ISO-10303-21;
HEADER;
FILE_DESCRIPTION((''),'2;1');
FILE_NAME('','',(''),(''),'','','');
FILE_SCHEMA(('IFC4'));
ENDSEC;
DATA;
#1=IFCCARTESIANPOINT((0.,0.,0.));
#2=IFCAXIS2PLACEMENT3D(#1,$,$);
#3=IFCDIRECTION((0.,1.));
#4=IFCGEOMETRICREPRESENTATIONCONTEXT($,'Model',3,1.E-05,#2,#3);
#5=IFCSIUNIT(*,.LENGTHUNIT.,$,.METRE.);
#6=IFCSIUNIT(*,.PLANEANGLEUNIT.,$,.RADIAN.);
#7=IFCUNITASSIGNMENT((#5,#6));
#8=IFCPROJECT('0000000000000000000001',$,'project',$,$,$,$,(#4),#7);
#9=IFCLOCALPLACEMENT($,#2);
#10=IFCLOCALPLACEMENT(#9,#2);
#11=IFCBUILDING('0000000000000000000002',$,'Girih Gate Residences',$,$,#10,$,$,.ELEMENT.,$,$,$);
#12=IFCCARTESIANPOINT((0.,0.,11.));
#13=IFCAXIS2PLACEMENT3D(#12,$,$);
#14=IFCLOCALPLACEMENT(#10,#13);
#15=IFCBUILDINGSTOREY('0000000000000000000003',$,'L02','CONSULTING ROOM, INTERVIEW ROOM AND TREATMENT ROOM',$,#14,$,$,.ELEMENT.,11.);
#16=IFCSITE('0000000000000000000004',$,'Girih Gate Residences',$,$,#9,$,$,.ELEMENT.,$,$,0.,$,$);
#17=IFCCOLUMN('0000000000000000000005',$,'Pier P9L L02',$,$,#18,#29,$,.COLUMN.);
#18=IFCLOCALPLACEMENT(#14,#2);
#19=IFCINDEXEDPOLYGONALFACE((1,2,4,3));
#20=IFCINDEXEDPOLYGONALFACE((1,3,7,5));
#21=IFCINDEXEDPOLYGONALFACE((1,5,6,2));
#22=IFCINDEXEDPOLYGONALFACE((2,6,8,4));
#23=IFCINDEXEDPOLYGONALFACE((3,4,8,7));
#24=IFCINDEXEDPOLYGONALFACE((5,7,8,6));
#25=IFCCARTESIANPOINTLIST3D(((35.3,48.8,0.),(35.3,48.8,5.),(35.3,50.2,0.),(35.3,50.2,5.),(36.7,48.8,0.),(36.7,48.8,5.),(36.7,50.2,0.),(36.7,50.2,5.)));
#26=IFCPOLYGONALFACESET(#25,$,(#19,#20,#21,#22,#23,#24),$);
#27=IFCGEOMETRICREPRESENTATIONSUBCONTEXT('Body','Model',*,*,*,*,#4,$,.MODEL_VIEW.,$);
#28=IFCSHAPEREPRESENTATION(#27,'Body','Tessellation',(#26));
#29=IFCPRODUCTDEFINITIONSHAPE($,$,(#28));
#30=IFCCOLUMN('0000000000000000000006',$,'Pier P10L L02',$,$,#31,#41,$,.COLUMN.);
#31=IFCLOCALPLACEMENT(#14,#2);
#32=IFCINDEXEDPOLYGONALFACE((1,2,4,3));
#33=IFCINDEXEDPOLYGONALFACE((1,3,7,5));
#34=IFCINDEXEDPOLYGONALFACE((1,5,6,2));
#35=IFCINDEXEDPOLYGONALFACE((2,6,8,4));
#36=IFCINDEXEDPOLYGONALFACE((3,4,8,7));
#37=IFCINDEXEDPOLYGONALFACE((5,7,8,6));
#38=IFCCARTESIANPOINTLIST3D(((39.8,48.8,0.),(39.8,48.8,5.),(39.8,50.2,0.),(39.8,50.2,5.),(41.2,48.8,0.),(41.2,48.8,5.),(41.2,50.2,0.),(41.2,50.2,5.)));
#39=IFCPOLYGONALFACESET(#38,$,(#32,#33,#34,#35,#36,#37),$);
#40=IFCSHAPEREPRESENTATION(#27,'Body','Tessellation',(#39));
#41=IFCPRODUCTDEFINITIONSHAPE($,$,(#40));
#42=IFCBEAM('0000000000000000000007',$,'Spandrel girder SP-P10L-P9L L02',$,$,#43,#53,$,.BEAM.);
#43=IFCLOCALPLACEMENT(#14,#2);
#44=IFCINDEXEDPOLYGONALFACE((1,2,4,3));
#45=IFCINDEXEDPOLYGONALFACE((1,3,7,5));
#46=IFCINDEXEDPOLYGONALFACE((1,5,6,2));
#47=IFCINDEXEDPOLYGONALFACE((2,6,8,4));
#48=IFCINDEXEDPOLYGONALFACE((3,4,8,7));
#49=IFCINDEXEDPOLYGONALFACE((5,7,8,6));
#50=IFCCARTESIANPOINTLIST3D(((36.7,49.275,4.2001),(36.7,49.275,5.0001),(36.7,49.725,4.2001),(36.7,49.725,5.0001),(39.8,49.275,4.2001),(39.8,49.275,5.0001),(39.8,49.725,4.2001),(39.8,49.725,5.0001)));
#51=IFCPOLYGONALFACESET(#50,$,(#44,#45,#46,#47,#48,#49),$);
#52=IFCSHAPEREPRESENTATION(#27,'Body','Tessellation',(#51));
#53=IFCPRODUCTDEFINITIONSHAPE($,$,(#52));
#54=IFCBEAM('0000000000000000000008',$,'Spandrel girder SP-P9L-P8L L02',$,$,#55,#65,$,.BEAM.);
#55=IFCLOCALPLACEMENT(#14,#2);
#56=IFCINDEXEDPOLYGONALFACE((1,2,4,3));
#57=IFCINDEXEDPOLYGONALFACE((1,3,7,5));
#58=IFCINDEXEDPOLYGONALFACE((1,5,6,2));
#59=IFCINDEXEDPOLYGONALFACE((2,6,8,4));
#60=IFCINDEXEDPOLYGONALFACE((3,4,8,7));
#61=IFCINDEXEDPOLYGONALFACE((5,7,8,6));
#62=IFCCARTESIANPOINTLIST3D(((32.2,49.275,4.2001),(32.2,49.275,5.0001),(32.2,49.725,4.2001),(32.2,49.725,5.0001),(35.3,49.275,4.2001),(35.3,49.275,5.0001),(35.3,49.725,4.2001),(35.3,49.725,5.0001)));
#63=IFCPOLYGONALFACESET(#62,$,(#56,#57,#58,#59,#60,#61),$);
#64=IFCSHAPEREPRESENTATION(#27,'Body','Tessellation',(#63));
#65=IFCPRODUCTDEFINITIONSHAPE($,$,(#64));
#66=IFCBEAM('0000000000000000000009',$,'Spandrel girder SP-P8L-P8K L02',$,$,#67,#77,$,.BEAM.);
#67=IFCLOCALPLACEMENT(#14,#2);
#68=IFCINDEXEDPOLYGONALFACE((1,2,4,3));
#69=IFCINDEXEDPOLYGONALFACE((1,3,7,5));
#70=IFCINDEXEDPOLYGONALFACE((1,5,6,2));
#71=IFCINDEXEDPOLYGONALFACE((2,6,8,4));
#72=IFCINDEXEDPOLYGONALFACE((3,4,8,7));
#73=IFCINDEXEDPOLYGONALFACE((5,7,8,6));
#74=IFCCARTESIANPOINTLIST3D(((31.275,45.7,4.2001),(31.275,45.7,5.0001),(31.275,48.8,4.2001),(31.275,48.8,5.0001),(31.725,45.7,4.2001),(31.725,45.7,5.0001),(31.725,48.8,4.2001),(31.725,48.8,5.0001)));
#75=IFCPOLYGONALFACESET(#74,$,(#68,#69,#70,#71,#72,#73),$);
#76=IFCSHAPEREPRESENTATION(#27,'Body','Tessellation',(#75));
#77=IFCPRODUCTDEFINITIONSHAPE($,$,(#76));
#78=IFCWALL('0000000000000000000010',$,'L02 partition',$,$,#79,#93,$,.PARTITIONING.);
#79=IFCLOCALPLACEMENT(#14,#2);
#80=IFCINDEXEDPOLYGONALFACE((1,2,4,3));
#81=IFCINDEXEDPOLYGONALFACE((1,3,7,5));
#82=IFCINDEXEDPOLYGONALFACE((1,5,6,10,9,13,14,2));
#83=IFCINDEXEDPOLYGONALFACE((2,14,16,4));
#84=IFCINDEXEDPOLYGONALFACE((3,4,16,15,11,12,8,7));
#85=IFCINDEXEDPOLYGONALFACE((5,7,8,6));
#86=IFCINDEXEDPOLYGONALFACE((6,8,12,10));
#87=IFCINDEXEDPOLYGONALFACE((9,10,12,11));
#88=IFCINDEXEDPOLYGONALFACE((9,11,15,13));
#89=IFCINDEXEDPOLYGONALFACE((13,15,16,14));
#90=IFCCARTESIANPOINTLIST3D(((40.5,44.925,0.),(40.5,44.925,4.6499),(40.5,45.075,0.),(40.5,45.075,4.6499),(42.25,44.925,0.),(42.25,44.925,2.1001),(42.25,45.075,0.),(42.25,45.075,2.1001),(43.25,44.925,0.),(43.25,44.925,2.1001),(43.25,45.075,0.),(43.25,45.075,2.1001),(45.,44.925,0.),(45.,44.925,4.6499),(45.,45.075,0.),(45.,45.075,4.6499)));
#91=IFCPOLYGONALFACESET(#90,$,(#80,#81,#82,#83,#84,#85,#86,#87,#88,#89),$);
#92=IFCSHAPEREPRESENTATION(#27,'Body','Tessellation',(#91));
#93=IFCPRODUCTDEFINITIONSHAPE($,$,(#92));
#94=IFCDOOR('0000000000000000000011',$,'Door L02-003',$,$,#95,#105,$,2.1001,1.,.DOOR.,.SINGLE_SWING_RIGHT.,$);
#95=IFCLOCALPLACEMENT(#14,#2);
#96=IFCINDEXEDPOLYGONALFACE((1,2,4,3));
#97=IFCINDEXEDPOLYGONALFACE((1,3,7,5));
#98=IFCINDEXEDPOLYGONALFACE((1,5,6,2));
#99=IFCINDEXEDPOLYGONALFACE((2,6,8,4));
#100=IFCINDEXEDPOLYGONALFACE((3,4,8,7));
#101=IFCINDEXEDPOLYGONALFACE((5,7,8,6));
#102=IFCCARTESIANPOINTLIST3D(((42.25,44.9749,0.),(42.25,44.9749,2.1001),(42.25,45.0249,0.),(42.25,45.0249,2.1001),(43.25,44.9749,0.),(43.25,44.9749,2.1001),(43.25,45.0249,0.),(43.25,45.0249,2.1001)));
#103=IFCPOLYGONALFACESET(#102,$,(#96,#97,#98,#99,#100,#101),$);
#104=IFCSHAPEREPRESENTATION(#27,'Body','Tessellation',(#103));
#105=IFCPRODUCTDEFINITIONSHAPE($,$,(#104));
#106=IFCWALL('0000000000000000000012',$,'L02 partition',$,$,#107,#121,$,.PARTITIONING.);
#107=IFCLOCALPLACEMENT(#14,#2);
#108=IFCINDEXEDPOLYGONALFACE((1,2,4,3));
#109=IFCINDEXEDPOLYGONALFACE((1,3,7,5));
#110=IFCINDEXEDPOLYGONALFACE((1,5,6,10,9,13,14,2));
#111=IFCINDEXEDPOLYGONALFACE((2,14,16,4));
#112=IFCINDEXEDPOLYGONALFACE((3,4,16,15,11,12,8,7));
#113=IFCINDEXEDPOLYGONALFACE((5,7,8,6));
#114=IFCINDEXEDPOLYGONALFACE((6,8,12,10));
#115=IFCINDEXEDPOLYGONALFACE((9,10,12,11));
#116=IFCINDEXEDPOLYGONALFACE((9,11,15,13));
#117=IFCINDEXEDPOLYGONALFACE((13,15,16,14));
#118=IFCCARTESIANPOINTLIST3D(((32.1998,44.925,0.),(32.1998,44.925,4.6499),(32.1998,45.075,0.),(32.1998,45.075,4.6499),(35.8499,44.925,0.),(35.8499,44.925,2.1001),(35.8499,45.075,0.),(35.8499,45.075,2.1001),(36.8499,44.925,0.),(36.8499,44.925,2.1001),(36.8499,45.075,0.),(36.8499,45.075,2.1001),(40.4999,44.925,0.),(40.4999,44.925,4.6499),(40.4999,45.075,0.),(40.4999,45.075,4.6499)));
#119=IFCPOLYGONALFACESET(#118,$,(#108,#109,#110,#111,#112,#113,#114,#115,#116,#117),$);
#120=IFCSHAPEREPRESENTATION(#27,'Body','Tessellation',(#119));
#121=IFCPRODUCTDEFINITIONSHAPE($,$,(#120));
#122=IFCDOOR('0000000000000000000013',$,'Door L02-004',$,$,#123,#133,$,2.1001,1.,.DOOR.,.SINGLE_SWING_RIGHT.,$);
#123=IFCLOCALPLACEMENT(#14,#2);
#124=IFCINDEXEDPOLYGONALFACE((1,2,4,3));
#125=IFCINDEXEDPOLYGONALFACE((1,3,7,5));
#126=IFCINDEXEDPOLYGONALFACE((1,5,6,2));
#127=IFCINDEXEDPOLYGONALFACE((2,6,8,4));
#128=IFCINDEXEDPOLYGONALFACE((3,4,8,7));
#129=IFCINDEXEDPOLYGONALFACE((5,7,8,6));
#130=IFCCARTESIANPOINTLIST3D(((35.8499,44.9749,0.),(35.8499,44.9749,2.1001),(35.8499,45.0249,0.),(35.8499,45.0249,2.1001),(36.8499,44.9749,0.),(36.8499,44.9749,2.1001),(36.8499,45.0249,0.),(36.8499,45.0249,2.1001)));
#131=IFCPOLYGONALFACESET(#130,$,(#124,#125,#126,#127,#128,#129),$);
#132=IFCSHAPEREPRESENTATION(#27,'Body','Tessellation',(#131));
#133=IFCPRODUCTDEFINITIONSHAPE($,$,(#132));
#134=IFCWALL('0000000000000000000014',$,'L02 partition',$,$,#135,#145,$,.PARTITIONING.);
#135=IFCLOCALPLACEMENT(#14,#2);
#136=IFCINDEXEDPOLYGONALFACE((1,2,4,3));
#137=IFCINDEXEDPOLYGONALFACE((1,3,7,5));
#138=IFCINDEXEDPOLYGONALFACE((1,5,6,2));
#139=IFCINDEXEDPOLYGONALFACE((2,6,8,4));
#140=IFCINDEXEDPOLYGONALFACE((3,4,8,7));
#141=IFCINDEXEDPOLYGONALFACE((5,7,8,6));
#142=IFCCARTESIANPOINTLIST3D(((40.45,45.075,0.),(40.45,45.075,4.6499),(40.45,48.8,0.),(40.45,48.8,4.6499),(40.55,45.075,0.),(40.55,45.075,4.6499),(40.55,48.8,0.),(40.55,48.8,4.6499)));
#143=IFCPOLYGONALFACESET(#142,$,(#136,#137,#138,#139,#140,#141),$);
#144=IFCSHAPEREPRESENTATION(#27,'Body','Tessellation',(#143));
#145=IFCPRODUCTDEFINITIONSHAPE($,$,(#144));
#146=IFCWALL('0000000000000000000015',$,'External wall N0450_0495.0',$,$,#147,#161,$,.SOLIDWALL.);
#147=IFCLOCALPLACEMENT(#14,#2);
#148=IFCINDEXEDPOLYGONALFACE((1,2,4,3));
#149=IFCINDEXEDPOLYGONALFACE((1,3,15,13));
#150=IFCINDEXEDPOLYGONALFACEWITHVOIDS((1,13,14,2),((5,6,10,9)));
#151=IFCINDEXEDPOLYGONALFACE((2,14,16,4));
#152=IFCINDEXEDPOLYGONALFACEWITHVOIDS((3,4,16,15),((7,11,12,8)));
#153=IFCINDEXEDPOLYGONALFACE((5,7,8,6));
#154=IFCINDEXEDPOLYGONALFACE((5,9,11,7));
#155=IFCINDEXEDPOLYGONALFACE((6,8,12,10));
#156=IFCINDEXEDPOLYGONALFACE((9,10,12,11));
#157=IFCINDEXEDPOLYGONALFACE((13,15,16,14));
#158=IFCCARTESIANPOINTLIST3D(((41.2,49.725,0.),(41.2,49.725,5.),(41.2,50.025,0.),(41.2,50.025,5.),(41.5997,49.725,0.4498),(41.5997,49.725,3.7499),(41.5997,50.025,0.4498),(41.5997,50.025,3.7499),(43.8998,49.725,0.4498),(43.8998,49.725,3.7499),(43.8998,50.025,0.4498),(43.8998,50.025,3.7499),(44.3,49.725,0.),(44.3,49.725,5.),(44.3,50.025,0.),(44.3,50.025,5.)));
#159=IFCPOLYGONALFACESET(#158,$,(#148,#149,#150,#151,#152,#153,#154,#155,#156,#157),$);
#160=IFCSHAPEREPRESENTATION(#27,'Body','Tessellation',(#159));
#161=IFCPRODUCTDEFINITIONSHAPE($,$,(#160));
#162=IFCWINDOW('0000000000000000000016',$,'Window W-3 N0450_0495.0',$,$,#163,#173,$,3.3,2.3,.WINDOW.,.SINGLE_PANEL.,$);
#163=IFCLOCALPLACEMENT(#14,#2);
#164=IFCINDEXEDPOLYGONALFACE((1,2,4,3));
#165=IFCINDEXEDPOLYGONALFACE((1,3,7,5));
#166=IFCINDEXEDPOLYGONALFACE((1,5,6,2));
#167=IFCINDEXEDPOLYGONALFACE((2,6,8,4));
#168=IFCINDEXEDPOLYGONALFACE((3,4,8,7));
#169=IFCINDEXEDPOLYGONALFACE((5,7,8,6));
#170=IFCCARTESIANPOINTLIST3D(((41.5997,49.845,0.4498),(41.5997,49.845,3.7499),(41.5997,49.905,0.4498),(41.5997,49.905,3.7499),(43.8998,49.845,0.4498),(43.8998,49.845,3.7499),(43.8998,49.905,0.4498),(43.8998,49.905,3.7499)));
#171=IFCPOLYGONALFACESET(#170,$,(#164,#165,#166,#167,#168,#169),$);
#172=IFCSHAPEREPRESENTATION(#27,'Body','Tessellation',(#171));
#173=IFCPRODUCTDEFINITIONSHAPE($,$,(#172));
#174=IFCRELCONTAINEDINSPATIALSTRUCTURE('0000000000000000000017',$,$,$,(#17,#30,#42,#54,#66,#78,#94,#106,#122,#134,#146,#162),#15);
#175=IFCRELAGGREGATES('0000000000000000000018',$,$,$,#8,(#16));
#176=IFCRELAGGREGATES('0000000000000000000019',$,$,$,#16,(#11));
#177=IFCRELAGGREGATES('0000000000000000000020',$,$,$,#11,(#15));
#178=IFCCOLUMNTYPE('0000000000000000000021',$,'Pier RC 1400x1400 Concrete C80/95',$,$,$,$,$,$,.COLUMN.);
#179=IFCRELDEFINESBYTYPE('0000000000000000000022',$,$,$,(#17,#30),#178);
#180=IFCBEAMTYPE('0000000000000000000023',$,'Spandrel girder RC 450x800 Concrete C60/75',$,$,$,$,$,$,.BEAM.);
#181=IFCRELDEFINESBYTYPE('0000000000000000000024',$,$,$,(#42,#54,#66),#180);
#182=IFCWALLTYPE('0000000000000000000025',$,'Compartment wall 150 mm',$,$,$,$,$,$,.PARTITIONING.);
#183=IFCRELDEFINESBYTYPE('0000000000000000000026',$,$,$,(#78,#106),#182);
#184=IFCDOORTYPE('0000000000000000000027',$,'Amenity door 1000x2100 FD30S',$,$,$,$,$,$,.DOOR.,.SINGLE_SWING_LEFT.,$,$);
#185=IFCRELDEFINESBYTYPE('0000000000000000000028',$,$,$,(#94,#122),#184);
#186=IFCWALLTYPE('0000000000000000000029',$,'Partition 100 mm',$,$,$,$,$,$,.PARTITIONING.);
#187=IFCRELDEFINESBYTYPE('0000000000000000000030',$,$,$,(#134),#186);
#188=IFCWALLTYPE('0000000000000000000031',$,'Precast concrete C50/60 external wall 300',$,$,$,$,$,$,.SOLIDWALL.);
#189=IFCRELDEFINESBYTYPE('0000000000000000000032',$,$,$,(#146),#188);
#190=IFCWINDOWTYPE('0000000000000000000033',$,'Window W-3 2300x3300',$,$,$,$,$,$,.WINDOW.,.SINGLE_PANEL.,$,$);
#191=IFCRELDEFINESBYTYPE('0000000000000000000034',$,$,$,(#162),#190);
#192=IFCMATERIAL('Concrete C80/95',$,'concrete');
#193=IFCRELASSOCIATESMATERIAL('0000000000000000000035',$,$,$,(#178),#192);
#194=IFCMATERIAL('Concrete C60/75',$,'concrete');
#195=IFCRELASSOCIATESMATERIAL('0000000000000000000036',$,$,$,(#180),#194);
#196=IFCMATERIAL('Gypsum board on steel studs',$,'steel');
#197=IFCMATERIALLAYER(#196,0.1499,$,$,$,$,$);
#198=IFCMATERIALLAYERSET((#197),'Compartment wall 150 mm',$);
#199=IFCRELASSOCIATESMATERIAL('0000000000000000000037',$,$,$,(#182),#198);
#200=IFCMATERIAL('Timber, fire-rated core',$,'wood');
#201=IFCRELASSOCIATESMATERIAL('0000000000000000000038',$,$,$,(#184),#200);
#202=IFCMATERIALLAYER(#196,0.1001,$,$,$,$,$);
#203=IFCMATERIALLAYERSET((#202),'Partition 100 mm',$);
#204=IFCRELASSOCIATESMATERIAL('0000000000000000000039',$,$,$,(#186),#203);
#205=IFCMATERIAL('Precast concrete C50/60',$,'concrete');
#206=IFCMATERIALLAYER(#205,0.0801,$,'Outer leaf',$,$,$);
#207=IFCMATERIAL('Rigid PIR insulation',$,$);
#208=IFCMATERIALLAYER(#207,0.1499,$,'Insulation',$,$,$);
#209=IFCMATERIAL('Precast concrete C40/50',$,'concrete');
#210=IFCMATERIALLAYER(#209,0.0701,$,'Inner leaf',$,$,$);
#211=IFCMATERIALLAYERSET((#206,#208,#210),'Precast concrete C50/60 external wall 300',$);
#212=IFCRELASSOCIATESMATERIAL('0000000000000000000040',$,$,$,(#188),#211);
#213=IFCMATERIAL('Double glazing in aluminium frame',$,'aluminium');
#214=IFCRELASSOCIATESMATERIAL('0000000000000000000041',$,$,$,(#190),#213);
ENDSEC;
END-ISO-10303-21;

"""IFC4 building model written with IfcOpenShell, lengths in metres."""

from ifc_helpers import new_model, si_unit, direction, frame, frame_2d, origin, origin_2d, place, context, subcontext, project, spatial, rectangle, extrude, material, layer, layer_set, material_profile, profile_set, type_object, element, fill, save


model = new_model("IFC4")

# Units and contexts
model_context = context("Model", 3, precision=1e-05, world=origin(), true_north=direction((0.0, 1.0)))
body_context = subcontext(model_context, "Body", "Model", "MODEL_VIEW")
ifc_project = project(units=[si_unit("LENGTHUNIT", "METRE"), si_unit("PLANEANGLEUNIT", "RADIAN")], contexts=[model_context])

# Site, building, storey
site_placement = place(None, origin())
site = spatial("IfcSite", under=ifc_project, at=site_placement, Name="Girih Gate Residences", CompositionType="ELEMENT", RefElevation=0.0)
building_placement = place(site_placement, origin())
building = spatial("IfcBuilding", under=site, at=building_placement, Name="Girih Gate Residences", CompositionType="ELEMENT")
storey_placement = place(building_placement, frame((0.0, 0.0, 11.0)))
storey = spatial("IfcBuildingStorey", under=building, at=storey_placement, Name="L02", Description="CONSULTING ROOM, INTERVIEW ROOM AND TREATMENT ROOM", CompositionType="ELEMENT", Elevation=11.0)

# Columns
ifc_material_1 = material(Name="Concrete C80/95", Category="concrete")
ifc_material_profile_1 = material_profile(ifc_material_1, rectangle(XDim=1.3999, YDim=1.3999, at=origin_2d()))
ifc_profile_set_1 = profile_set([ifc_material_profile_1], Name="Concrete C80/95")
column_type = type_object("IfcColumnType", Name="Pier RC 1400x1400 Concrete C80/95", PredefinedType="COLUMN", material=ifc_profile_set_1)
for number, where, z_axis, x_axis, name in (
    (1, (36.0, 49.5, 0.0), (0.0, 0.0, 1.0), (1.0, 0.0, 0.0), "Pier P9L L02"),
    (2, (40.5, 49.5, 0.0), (0.0, 0.0, 1.0), (1.0, 0.0, 0.0), "Pier P10L L02"),
):
    element("IfcColumn", number, at=place(storey_placement, frame(where, z_axis=z_axis, x_axis=x_axis)), inside=storey, type_object=column_type, Name=name, PredefinedType="COLUMN", context=body_context, shape_type="SweptSolid", body=[
        extrude(rectangle(XDim=1.3999, YDim=1.3999, at=origin_2d()), origin(), (0.0, 0.0, 1.0), 5.0),
    ])

# Beams
ifc_material_2 = material(Name="Concrete C60/75", Category="concrete")
ifc_material_profile_2 = material_profile(ifc_material_2, rectangle(XDim=0.45, YDim=0.8, at=origin_2d()))
ifc_profile_set_2 = profile_set([ifc_material_profile_2], Name="Concrete C60/75")
beam_type = type_object("IfcBeamType", Name="Spandrel girder RC 450x800 Concrete C60/75", PredefinedType="BEAM", material=ifc_profile_set_2)
for number, where, z_axis, x_axis, name in (
    (3, (39.8, 49.5, 4.6001), (-1.0, 0.0, 0.0), (0.0, -1.0, 0.0), "Spandrel girder SP-P10L-P9L L02"),
    (4, (35.3, 49.5, 4.6001), (-1.0, 0.0, 0.0), (0.0, -1.0, 0.0), "Spandrel girder SP-P9L-P8L L02"),
    (5, (31.5, 48.8, 4.6001), (0.0, -1.0, 0.0), (1.0, 0.0, 0.0), "Spandrel girder SP-P8L-P8K L02"),
):
    element("IfcBeam", number, at=place(storey_placement, frame(where, z_axis=z_axis, x_axis=x_axis)), inside=storey, type_object=beam_type, Name=name, PredefinedType="BEAM", context=body_context, shape_type="SweptSolid", body=[
        extrude(rectangle(XDim=0.45, YDim=0.8, at=origin_2d()), origin(), (0.0, 0.0, 1.0), 3.1001),
    ])

# Walls, openings, doors
ifc_material_3 = material(Name="Gypsum board on steel studs", Category="steel")
ifc_layer_1 = layer(ifc_material_3, 0.1499)
ifc_layer_set_1 = layer_set([ifc_layer_1], Name="Compartment wall 150 mm")
wall_type_1 = type_object("IfcWallType", Name="Compartment wall 150 mm", PredefinedType="PARTITIONING", material=ifc_layer_set_1)
wall_1_placement = place(storey_placement, frame((40.5, 45.0, 0.0), z_axis=(0.0, 0.0, 1.0), x_axis=(1.0, 0.0, 0.0)))
wall_1 = element("IfcWall", 6, at=wall_1_placement, inside=storey, type_object=wall_type_1, Name="L02 partition", PredefinedType="PARTITIONING", context=body_context, shape_type="SweptSolid", body=[
    extrude(rectangle(XDim=4.5, YDim=0.1499, at=frame_2d((2.25, 0.0))), origin(), (0.0, 0.0, 1.0), 4.6499),
])
opening_1_placement = place(wall_1_placement, frame((1.75, 0.0, 0.0)))
opening_1 = element("IfcOpeningElement", 7, at=opening_1_placement, cuts=wall_1, PredefinedType="OPENING", context=body_context, shape_type="SweptSolid", body=[
    extrude(rectangle(XDim=1.0, YDim=2.1001, at=frame_2d((0.5, 1.05))), frame((0.0, 0.085, 0.0), z_axis=(0.0, -1.0, 0.0), x_axis=(1.0, 0.0, 0.0)), (0.0, 0.0, 1.0), 0.1699),
])
ifc_material_4 = material(Name="Timber, fire-rated core", Category="wood")
door_type = type_object("IfcDoorType", Name="Amenity door 1000x2100 FD30S", OperationType="SINGLE_SWING_LEFT", PredefinedType="DOOR", material=ifc_material_4)
door_1_placement = place(opening_1_placement, origin())
door_1 = element("IfcDoor", 8, at=door_1_placement, inside=storey, type_object=door_type, Name="Door L02-003", OperationType="SINGLE_SWING_RIGHT", OverallHeight=2.1001, OverallWidth=1.0, PredefinedType="DOOR", context=body_context, shape_type="SweptSolid", body=[
    extrude(rectangle(XDim=1.0, YDim=2.1001, at=frame_2d((0.5, 1.05))), frame((0.0, 0.0249, 0.0), z_axis=(0.0, -1.0, 0.0), x_axis=(1.0, 0.0, 0.0)), (0.0, 0.0, 1.0), 0.05),
])
fill(opening_1, door_1)
wall_2_placement = place(storey_placement, frame((32.2, 45.0, 0.0), z_axis=(0.0, 0.0, 1.0), x_axis=(1.0, 0.0, 0.0)))
wall_2 = element("IfcWall", 9, at=wall_2_placement, inside=storey, type_object=wall_type_1, Name="L02 partition", PredefinedType="PARTITIONING", context=body_context, shape_type="SweptSolid", body=[
    extrude(rectangle(XDim=8.3, YDim=0.1499, at=frame_2d((4.1499, 0.0))), origin(), (0.0, 0.0, 1.0), 4.6499),
])
opening_2_placement = place(wall_2_placement, frame((3.6499, 0.0, 0.0)))
opening_2 = element("IfcOpeningElement", 10, at=opening_2_placement, cuts=wall_2, PredefinedType="OPENING", context=body_context, shape_type="SweptSolid", body=[
    extrude(rectangle(XDim=1.0, YDim=2.1001, at=frame_2d((0.5, 1.05))), frame((0.0, 0.085, 0.0), z_axis=(0.0, -1.0, 0.0), x_axis=(1.0, 0.0, 0.0)), (0.0, 0.0, 1.0), 0.1699),
])
door_2_placement = place(opening_2_placement, origin())
door_2 = element("IfcDoor", 11, at=door_2_placement, inside=storey, type_object=door_type, Name="Door L02-004", OperationType="SINGLE_SWING_RIGHT", OverallHeight=2.1001, OverallWidth=1.0, PredefinedType="DOOR", context=body_context, shape_type="SweptSolid", body=[
    extrude(rectangle(XDim=1.0, YDim=2.1001, at=frame_2d((0.5, 1.05))), frame((0.0, 0.0249, 0.0), z_axis=(0.0, -1.0, 0.0), x_axis=(1.0, 0.0, 0.0)), (0.0, 0.0, 1.0), 0.05),
])
fill(opening_2, door_2)

# Wall
ifc_layer_2 = layer(ifc_material_3, 0.1001)
ifc_layer_set_2 = layer_set([ifc_layer_2], Name="Partition 100 mm")
wall_type_2 = type_object("IfcWallType", Name="Partition 100 mm", PredefinedType="PARTITIONING", material=ifc_layer_set_2)
wall_3_placement = place(storey_placement, frame((40.5, 45.075, 0.0), z_axis=(0.0, 0.0, 1.0), x_axis=(0.0, 1.0, 0.0)))
element("IfcWall", 12, at=wall_3_placement, inside=storey, type_object=wall_type_2, Name="L02 partition", PredefinedType="PARTITIONING", context=body_context, shape_type="SweptSolid", body=[
    extrude(rectangle(XDim=3.7251, YDim=0.1001, at=frame_2d((1.8625, 0.0))), origin(), (0.0, 0.0, 1.0), 4.6499),
])

# Wall, opening, window
ifc_material_5 = material(Name="Precast concrete C50/60", Category="concrete")
ifc_layer_3 = layer(ifc_material_5, 0.0801, Name="Outer leaf")
ifc_material_6 = material(Name="Rigid PIR insulation")
ifc_layer_4 = layer(ifc_material_6, 0.1499, Name="Insulation")
ifc_material_7 = material(Name="Precast concrete C40/50", Category="concrete")
ifc_layer_5 = layer(ifc_material_7, 0.0701, Name="Inner leaf")
ifc_layer_set_3 = layer_set([ifc_layer_3, ifc_layer_4, ifc_layer_5], Name="Precast concrete C50/60 external wall 300")
wall_type_3 = type_object("IfcWallType", Name="Precast concrete C50/60 external wall 300", PredefinedType="SOLIDWALL", material=ifc_layer_set_3)
wall_4_placement = place(storey_placement, frame((41.2, 49.875, 0.0), z_axis=(0.0, 0.0, 1.0), x_axis=(1.0, 0.0, 0.0)))
wall_4 = element("IfcWall", 13, at=wall_4_placement, inside=storey, type_object=wall_type_3, Name="External wall N0450_0495.0", PredefinedType="SOLIDWALL", context=body_context, shape_type="SweptSolid", body=[
    extrude(rectangle(XDim=3.1001, YDim=0.3, at=frame_2d((1.55, 0.0))), origin(), (0.0, 0.0, 1.0), 5.0),
])
opening_3_placement = place(wall_4_placement, frame((0.3999, 0.0, 0.45)))
opening_3 = element("IfcOpeningElement", 14, at=opening_3_placement, cuts=wall_4, PredefinedType="OPENING", context=body_context, shape_type="SweptSolid", body=[
    extrude(rectangle(XDim=2.3, YDim=3.3, at=frame_2d((1.1499, 1.6499))), frame((0.0, 0.1599, 0.0), z_axis=(0.0, -1.0, 0.0), x_axis=(1.0, 0.0, 0.0)), (0.0, 0.0, 1.0), 0.3201),
])
ifc_material_8 = material(Name="Double glazing in aluminium frame", Category="aluminium")
window_type = type_object("IfcWindowType", Name="Window W-3 2300x3300", PartitioningType="SINGLE_PANEL", PredefinedType="WINDOW", material=ifc_material_8)
window_1_placement = place(opening_3_placement, origin())
window_1 = element("IfcWindow", 15, at=window_1_placement, inside=storey, type_object=window_type, Name="Window W-3 N0450_0495.0", OverallHeight=3.3, OverallWidth=2.3, PartitioningType="SINGLE_PANEL", PredefinedType="WINDOW", context=body_context, shape_type="SweptSolid", body=[
    extrude(rectangle(XDim=2.3, YDim=3.3, at=frame_2d((1.1499, 1.6499))), frame((0.0, 0.03, 0.0), z_axis=(0.0, -1.0, 0.0), x_axis=(1.0, 0.0, 0.0)), (0.0, 0.0, 1.0), 0.0601),
])
fill(opening_3, window_1)

save(model, "model.ifc")
